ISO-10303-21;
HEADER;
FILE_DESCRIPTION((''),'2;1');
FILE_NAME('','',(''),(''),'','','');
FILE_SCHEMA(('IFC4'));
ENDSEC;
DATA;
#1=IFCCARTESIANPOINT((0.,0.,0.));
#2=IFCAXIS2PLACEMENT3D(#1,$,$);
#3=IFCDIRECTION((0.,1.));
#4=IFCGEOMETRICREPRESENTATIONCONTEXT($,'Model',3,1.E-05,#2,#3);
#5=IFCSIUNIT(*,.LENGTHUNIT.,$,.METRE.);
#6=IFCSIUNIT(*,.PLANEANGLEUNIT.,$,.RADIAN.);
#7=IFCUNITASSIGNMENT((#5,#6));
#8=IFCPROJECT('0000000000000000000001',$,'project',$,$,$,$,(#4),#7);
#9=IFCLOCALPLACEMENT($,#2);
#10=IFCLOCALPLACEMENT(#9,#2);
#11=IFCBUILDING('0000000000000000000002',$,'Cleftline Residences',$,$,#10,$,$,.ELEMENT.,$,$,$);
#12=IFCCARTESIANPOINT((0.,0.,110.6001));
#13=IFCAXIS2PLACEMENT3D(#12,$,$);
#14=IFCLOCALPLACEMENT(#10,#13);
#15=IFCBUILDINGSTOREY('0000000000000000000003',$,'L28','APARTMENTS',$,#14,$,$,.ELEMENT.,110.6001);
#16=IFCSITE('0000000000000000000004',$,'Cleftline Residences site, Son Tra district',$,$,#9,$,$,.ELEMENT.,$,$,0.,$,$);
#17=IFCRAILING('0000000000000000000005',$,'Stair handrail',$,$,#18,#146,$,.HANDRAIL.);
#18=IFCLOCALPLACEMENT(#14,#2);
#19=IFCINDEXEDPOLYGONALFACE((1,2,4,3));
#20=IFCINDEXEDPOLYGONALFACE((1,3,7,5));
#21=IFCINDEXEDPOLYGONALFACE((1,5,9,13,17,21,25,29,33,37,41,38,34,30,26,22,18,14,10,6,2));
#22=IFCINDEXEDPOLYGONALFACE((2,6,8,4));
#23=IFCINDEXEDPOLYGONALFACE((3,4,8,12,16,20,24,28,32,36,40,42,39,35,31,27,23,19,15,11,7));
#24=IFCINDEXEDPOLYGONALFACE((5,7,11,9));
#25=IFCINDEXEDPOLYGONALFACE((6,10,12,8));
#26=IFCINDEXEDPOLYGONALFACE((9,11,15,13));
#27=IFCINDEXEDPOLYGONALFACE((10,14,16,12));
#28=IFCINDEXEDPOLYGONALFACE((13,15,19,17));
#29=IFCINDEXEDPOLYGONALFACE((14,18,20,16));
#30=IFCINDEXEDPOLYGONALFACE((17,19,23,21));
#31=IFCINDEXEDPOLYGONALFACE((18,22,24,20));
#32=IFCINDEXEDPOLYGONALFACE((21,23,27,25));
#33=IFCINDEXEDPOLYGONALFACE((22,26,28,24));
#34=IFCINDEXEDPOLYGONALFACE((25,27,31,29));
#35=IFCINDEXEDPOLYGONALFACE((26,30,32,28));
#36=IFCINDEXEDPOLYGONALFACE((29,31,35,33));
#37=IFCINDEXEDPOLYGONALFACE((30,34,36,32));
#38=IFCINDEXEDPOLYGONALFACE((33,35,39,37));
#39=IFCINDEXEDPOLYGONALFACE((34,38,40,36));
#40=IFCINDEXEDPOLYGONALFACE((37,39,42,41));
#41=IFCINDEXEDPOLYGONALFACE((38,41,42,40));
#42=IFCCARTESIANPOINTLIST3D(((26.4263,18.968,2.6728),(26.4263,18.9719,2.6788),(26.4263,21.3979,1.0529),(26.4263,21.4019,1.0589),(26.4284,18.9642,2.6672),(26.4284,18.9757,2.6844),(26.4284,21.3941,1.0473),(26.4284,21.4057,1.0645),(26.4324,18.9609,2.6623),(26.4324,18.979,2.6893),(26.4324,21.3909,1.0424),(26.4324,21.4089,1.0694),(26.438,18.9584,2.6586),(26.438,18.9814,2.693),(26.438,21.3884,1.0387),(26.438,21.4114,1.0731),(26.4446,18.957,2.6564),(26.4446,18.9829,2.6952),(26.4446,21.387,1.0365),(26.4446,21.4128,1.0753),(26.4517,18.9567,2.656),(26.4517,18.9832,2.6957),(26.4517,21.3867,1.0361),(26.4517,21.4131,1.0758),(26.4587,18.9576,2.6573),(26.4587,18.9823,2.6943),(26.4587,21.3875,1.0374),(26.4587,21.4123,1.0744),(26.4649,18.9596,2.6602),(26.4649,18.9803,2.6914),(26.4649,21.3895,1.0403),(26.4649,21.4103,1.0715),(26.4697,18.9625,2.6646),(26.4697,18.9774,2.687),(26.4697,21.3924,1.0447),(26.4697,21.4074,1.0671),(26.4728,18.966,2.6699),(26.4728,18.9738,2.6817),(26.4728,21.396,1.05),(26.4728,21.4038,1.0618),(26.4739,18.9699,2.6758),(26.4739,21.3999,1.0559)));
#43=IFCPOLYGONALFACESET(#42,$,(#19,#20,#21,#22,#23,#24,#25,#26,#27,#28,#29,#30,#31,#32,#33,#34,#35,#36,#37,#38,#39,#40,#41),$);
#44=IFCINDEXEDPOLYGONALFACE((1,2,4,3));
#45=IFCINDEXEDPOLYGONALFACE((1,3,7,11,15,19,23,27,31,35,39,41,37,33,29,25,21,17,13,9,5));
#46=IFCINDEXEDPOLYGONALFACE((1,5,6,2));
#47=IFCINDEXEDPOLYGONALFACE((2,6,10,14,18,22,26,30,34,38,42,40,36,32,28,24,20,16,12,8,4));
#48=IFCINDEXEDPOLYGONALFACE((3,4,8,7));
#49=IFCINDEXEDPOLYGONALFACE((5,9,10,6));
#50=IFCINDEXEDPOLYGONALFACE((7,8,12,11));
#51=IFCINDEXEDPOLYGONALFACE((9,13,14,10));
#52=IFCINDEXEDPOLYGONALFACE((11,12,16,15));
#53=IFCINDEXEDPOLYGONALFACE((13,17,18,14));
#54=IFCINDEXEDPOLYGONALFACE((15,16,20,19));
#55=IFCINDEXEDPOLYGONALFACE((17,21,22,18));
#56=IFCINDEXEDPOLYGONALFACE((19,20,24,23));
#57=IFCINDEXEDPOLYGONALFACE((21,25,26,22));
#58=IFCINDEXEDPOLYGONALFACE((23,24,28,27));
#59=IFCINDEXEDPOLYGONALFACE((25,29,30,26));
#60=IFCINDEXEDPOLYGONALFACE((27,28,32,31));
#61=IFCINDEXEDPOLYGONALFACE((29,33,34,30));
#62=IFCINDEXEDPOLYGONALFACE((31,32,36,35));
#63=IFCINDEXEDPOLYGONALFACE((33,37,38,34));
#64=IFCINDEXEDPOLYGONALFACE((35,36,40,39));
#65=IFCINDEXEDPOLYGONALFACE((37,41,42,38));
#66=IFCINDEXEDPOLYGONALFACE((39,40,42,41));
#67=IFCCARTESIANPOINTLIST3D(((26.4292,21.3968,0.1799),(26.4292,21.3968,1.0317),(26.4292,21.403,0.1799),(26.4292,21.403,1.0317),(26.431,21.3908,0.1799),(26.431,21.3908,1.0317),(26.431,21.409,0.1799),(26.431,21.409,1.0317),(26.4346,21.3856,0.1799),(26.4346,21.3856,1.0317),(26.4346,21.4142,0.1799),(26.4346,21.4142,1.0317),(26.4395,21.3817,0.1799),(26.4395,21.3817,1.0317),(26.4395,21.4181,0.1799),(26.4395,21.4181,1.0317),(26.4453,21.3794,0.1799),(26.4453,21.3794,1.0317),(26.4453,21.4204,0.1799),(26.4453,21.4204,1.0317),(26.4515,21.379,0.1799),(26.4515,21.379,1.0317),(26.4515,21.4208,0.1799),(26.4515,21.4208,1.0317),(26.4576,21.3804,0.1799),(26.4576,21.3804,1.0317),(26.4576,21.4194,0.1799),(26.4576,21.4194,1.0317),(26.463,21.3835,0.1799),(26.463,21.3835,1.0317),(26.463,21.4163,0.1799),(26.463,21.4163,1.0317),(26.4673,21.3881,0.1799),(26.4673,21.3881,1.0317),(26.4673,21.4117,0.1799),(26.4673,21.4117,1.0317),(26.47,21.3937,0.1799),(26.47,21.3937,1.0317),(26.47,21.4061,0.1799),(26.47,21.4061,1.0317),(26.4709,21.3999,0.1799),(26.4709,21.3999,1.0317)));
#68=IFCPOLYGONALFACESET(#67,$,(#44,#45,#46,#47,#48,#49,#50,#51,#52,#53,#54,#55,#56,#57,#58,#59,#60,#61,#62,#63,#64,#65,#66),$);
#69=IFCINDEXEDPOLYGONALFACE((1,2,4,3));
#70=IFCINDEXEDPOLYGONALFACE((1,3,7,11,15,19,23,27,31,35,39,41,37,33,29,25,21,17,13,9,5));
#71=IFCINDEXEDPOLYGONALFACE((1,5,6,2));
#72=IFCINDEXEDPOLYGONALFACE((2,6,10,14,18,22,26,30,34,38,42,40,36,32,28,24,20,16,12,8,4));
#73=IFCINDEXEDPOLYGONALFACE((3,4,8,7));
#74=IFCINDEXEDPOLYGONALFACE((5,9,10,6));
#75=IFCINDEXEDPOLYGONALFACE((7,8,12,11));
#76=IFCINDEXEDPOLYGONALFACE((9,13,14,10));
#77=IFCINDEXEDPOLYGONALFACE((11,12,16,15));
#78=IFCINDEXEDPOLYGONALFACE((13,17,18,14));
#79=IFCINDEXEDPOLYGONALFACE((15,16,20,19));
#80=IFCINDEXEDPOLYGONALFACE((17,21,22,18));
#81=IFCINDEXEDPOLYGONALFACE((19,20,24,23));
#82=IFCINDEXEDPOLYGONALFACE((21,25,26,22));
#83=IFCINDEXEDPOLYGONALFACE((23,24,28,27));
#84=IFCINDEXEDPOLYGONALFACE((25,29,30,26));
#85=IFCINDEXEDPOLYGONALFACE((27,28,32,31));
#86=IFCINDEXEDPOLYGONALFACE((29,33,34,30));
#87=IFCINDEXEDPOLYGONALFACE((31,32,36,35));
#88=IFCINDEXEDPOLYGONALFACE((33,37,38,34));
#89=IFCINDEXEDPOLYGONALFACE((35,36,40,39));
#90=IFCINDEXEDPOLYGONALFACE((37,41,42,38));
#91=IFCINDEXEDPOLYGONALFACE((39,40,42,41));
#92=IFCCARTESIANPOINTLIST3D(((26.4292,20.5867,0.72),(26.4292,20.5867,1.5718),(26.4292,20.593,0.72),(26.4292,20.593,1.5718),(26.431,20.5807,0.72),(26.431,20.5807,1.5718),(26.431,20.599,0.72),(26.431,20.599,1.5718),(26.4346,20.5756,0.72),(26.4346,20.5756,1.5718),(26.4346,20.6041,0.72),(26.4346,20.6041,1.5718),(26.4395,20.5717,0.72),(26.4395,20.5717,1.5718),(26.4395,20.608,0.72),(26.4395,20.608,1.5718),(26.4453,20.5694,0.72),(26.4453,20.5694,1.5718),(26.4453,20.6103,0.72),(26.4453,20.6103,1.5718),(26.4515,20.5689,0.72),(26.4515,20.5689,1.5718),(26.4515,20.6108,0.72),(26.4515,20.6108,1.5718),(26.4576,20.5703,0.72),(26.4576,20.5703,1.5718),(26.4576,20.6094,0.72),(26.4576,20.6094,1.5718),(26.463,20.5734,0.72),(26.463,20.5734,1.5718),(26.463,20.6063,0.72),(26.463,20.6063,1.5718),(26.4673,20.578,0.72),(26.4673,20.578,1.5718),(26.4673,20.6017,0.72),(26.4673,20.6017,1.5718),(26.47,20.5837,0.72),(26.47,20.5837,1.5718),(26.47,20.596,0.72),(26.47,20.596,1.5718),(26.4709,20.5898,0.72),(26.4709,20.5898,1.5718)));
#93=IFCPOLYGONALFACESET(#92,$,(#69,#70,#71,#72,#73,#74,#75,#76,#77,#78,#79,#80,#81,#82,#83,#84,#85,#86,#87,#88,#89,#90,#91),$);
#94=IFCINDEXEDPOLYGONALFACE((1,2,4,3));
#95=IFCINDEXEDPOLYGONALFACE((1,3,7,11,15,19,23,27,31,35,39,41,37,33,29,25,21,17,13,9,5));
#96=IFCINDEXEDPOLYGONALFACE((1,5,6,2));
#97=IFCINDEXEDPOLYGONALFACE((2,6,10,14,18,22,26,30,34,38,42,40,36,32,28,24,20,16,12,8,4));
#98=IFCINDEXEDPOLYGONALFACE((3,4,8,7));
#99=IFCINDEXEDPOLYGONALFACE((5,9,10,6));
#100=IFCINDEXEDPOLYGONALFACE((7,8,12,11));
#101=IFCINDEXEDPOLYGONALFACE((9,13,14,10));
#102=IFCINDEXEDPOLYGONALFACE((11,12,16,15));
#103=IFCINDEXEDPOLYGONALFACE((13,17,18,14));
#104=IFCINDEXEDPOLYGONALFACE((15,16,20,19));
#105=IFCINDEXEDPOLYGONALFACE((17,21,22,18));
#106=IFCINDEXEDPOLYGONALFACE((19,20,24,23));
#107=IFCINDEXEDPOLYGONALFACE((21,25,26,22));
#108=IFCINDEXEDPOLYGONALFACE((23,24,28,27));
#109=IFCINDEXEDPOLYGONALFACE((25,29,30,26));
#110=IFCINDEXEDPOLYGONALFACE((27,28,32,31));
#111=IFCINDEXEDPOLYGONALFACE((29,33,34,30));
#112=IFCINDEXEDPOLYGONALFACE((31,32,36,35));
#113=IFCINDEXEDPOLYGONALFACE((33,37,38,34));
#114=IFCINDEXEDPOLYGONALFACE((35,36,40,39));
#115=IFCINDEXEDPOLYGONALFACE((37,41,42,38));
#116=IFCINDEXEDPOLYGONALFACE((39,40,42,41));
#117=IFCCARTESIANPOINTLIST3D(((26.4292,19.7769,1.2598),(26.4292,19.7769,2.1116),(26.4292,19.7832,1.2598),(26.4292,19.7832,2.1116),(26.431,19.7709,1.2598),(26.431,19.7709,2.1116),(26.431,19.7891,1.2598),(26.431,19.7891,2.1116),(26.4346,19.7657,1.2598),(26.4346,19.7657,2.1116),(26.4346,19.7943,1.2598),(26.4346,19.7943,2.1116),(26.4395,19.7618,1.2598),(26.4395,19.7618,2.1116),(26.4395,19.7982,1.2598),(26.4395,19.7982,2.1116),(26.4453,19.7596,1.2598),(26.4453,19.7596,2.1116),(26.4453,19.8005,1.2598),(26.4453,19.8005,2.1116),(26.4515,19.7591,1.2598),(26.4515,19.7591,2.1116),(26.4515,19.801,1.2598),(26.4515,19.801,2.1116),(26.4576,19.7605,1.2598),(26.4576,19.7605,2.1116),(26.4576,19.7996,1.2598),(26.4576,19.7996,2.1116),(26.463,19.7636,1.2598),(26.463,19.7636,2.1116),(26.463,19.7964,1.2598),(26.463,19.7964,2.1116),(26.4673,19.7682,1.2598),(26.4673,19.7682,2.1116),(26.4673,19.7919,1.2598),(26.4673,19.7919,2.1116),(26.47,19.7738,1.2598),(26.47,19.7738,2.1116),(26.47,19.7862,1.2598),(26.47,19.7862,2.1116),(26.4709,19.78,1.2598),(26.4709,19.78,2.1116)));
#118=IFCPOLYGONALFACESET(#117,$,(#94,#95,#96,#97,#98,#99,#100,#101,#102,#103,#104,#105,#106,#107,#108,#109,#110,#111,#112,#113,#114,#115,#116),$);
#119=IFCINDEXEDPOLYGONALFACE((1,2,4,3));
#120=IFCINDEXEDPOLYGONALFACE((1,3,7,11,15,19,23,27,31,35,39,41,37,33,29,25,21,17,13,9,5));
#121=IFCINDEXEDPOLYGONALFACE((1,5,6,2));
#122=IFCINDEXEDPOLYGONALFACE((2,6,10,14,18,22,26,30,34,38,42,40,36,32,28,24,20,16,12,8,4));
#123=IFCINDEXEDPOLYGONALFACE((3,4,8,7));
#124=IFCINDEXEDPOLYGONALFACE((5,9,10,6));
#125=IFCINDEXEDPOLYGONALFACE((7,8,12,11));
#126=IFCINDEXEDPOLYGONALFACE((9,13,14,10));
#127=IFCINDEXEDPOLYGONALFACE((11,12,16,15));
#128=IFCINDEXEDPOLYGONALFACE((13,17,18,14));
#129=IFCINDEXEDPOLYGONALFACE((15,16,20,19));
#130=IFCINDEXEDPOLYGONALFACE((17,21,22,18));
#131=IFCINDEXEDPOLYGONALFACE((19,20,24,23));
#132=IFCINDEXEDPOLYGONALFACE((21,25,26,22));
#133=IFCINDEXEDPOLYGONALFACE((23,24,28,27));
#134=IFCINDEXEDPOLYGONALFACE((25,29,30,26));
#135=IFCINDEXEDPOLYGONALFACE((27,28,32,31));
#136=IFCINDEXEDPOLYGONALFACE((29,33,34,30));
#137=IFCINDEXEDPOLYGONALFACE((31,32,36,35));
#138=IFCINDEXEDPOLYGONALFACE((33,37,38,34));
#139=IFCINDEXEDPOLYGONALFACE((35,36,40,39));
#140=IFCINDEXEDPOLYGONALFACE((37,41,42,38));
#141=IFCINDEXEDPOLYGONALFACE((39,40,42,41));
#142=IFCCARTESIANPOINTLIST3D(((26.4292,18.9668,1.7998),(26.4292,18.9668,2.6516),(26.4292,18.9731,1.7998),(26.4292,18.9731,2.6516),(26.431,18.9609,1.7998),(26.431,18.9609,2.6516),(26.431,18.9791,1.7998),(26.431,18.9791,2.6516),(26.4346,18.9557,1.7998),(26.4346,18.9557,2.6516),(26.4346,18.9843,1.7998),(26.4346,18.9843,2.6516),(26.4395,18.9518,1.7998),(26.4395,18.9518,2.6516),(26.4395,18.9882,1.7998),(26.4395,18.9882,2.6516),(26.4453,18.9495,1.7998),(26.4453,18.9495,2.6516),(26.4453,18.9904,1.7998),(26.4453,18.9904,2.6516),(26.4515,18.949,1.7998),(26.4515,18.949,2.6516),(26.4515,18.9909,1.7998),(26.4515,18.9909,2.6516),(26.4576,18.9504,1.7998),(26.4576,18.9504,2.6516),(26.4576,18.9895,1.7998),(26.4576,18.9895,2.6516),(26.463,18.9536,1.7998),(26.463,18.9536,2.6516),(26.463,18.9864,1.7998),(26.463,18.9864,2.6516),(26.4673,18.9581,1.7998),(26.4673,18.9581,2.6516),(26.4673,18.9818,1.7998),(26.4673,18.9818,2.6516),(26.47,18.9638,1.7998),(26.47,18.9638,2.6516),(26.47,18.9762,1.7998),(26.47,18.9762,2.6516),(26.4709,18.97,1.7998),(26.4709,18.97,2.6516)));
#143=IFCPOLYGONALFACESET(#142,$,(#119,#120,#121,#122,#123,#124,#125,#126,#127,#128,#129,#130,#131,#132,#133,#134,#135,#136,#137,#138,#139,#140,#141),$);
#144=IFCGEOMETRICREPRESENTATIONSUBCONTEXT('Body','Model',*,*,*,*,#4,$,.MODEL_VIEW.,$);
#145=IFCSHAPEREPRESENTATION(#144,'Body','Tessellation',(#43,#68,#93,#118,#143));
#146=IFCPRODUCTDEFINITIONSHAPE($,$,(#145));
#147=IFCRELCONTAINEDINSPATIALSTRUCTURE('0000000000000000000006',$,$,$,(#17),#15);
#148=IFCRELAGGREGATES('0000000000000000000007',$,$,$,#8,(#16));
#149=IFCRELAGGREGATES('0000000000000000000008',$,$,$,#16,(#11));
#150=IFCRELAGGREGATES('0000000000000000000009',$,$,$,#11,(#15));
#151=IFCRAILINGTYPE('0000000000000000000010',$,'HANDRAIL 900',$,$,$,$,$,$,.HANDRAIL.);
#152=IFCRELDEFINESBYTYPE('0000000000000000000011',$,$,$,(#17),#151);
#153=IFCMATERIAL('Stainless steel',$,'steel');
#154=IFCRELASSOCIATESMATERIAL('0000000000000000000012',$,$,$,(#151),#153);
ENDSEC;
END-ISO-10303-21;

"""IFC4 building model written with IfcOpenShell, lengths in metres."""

from ifc_helpers import new_model, si_unit, direction, frame, origin, origin_2d, place, context, subcontext, project, spatial, circle, extrude, material, type_object, element, save


model = new_model("IFC4")

# Units and contexts
model_context = context("Model", 3, precision=1e-05, world=origin(), true_north=direction((0.0, 1.0)))
body_context = subcontext(model_context, "Body", "Model", "MODEL_VIEW")
ifc_project = project(units=[si_unit("LENGTHUNIT", "METRE"), si_unit("PLANEANGLEUNIT", "RADIAN")], contexts=[model_context])

# Site, building, storey
site_placement = place(None, origin())
site = spatial("IfcSite", under=ifc_project, at=site_placement, Name="Cleftline Residences site, Son Tra district", CompositionType="ELEMENT", RefElevation=0.0)
building_placement = place(site_placement, origin())
building = spatial("IfcBuilding", under=site, at=building_placement, Name="Cleftline Residences", CompositionType="ELEMENT")
storey_placement = place(building_placement, frame((0.0, 0.0, 110.6001)))
storey = spatial("IfcBuildingStorey", under=building, at=storey_placement, Name="L28", Description="APARTMENTS", CompositionType="ELEMENT", Elevation=110.6001)

# Railing
ifc_material_1 = material(Name="Stainless steel", Category="steel")
railing_type = type_object("IfcRailingType", Name="HANDRAIL 900", PredefinedType="HANDRAIL", material=ifc_material_1)
railing_1_placement = place(storey_placement, frame((26.45, 21.3999, 0.1799)))
element("IfcRailing", 1, at=railing_1_placement, inside=storey, type_object=railing_type, Name="Stair handrail", PredefinedType="HANDRAIL", context=body_context, shape_type="SweptSolid", body=[
    extrude(circle(Radius=0.0239, at=origin_2d()), frame((0.0, 0.0, 0.876), z_axis=(0.0, -0.832063, 0.554681), x_axis=(1.0, 0.0, 0.0)), (0.0, 0.0, 1.0), 2.9204),
    extrude(circle(Radius=0.021, at=origin_2d()), origin(), (0.0, 0.0, 1.0), 0.8518),
    extrude(circle(Radius=0.021, at=origin_2d()), frame((0.0, -0.8101, 0.54)), (0.0, 0.0, 1.0), 0.8518),
    extrude(circle(Radius=0.021, at=origin_2d()), frame((0.0, -1.6199, 1.0798)), (0.0, 0.0, 1.0), 0.8518),
    extrude(circle(Radius=0.021, at=origin_2d()), frame((0.0, -2.4299, 1.6199)), (0.0, 0.0, 1.0), 0.8518),
])

save(model, "model.ifc")
